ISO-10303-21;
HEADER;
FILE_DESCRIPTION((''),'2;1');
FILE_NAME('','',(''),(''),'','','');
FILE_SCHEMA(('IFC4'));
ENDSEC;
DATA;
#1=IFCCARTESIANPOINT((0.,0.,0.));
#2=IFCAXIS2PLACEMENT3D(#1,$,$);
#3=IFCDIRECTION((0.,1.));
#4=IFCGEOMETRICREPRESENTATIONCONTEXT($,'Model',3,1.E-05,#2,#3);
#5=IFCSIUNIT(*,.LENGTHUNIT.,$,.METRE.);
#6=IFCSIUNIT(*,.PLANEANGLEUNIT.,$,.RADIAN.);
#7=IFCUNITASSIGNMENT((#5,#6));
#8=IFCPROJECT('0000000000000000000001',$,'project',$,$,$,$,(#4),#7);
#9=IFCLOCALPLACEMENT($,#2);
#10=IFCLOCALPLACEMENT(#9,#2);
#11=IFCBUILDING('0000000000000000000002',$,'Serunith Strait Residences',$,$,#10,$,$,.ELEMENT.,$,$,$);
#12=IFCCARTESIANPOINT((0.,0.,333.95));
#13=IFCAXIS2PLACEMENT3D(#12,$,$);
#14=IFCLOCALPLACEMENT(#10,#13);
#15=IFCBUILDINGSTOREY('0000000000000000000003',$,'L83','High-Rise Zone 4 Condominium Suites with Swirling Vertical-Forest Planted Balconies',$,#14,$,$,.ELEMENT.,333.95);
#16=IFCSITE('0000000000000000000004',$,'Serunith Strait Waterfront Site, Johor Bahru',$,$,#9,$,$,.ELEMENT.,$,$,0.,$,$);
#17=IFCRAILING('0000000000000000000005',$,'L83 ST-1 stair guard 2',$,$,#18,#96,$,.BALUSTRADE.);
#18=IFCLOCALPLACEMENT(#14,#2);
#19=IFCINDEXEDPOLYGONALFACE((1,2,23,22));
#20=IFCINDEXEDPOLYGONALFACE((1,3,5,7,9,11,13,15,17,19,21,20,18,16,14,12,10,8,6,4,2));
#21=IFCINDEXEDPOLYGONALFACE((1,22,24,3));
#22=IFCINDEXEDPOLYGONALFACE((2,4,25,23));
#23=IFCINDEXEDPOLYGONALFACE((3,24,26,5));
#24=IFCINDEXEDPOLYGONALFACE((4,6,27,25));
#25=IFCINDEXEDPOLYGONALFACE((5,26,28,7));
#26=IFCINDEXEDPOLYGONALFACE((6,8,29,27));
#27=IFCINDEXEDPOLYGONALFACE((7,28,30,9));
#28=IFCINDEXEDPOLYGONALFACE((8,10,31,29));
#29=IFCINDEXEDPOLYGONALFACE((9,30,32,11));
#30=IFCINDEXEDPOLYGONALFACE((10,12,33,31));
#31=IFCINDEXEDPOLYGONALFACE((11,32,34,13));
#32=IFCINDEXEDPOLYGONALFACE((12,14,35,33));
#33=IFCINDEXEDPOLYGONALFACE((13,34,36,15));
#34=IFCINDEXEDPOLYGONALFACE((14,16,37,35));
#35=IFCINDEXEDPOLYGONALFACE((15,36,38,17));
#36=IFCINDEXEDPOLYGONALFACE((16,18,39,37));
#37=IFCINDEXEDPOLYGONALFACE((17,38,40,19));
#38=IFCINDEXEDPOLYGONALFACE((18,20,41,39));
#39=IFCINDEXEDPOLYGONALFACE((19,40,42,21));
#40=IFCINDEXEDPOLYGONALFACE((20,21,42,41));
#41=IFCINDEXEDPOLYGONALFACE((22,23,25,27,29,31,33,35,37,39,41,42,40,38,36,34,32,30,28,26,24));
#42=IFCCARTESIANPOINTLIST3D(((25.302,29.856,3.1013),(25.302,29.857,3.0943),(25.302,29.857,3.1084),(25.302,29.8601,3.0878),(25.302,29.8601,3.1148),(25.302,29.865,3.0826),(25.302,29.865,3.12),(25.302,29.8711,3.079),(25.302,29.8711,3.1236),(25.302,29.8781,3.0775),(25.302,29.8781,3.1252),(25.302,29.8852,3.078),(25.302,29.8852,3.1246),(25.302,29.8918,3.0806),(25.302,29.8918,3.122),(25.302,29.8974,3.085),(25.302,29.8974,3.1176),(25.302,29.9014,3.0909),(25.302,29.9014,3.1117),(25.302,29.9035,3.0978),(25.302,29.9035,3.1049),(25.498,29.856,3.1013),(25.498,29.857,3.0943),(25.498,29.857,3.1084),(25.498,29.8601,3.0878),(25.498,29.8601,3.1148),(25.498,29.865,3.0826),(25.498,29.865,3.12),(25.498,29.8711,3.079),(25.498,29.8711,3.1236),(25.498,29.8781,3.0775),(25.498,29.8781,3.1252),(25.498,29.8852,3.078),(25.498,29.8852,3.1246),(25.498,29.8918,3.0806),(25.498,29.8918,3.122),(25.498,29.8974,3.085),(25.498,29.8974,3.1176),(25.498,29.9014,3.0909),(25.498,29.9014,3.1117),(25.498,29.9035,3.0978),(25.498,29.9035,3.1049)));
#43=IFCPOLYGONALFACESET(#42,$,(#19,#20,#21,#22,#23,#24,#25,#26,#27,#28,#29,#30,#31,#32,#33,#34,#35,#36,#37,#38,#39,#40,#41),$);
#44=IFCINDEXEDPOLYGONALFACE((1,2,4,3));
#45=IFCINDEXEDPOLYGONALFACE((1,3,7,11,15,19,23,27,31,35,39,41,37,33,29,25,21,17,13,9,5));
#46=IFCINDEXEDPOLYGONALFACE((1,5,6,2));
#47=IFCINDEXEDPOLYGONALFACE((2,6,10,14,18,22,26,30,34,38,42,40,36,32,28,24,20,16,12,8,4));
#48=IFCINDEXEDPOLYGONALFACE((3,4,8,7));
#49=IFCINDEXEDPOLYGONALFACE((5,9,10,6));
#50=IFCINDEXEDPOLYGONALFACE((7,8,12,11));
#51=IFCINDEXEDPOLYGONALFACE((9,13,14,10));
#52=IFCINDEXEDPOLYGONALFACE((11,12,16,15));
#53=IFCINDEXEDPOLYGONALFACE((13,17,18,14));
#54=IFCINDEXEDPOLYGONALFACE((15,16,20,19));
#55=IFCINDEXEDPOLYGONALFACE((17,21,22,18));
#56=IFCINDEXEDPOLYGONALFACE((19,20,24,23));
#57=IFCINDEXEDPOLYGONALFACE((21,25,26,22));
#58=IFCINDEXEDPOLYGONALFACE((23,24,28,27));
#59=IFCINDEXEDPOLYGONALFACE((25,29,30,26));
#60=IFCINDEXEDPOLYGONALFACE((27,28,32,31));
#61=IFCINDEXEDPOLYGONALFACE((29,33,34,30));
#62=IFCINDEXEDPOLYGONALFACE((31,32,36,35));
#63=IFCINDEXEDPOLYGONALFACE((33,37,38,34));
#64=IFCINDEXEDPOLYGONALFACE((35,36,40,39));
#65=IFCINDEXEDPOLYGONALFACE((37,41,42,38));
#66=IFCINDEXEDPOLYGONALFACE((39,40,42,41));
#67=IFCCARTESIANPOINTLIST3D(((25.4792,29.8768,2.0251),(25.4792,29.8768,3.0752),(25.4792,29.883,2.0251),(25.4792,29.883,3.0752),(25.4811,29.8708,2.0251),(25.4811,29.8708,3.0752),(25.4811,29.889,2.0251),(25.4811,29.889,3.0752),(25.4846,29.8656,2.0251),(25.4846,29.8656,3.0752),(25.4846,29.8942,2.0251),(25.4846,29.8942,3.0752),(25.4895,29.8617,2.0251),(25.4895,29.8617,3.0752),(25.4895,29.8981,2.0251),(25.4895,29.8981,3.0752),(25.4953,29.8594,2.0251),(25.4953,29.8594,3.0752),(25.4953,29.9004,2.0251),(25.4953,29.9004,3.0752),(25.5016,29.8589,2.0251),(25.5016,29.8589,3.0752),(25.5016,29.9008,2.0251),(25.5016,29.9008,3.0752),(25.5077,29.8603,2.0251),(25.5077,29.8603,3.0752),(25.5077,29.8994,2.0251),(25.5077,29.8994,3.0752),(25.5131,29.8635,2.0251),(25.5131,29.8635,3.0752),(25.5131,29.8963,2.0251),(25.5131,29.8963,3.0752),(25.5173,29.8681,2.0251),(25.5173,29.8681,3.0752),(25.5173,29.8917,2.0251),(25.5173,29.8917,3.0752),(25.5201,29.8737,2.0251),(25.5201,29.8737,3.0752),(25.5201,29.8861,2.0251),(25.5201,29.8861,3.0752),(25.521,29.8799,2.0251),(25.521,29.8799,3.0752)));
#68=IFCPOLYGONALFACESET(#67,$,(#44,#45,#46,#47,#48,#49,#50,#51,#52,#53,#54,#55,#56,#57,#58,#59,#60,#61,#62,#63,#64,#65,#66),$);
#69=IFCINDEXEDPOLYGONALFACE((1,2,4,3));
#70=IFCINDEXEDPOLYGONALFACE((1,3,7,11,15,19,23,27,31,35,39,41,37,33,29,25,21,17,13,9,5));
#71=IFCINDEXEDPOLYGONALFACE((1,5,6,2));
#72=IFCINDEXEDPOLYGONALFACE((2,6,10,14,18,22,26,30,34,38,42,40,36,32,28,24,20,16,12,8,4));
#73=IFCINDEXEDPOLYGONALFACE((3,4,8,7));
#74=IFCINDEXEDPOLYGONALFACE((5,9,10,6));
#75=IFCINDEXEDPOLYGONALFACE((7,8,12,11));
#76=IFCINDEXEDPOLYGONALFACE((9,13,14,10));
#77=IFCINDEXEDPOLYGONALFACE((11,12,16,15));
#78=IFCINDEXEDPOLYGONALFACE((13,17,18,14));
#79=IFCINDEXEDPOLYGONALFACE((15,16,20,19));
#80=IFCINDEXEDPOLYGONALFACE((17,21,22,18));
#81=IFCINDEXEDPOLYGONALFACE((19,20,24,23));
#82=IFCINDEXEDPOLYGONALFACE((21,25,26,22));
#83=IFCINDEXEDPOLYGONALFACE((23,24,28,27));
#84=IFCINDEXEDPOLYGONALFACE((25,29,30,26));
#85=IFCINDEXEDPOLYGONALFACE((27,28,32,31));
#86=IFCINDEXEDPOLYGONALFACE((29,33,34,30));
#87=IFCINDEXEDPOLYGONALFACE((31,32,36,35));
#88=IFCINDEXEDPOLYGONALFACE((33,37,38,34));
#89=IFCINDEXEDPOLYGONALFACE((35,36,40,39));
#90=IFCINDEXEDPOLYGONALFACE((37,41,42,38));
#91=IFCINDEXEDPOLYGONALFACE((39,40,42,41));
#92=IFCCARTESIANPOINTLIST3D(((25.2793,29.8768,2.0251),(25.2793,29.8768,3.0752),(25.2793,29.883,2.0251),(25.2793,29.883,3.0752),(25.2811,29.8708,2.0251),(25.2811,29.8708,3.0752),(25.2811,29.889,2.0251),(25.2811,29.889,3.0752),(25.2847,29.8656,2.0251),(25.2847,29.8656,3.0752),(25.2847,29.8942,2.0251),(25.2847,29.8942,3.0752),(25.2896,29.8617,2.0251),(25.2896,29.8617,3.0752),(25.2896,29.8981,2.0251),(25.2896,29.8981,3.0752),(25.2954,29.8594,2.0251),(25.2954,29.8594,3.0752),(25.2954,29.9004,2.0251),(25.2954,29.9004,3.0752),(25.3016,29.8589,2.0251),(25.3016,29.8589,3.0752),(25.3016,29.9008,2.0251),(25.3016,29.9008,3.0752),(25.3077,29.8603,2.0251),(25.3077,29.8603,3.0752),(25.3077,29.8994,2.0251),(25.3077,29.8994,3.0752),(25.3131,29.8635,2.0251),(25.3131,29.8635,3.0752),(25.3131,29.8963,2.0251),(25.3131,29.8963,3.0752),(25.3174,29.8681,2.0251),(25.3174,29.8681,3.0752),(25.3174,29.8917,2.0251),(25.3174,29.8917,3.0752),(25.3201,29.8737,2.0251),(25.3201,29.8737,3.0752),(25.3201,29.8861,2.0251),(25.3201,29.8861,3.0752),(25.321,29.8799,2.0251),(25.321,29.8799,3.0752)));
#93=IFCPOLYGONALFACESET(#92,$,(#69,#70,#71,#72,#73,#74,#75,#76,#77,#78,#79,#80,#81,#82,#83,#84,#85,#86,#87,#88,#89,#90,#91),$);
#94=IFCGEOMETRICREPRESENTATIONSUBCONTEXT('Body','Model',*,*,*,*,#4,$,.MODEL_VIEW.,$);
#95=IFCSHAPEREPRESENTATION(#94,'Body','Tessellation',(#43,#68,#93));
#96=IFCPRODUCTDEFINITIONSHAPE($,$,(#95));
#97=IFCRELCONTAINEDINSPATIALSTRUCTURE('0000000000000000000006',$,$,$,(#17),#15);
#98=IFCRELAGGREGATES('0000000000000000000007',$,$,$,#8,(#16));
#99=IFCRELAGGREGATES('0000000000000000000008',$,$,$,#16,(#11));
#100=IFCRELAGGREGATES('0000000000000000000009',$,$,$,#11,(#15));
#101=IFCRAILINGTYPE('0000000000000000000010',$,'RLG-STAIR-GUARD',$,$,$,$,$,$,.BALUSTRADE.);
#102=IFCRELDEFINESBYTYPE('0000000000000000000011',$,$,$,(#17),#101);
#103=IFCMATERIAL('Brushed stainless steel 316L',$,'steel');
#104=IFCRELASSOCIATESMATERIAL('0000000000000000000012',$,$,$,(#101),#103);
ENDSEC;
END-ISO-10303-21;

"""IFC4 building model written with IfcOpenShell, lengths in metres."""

from ifc_helpers import new_model, si_unit, direction, frame, origin, origin_2d, place, context, subcontext, project, spatial, circle, extrude, material, type_object, element, save


model = new_model("IFC4")

# Units and contexts
model_context = context("Model", 3, precision=1e-05, world=origin(), true_north=direction((0.0, 1.0)))
body_context = subcontext(model_context, "Body", "Model", "MODEL_VIEW")
ifc_project = project(units=[si_unit("LENGTHUNIT", "METRE"), si_unit("PLANEANGLEUNIT", "RADIAN")], contexts=[model_context])

# Site, building, storey
site_placement = place(None, origin())
site = spatial("IfcSite", under=ifc_project, at=site_placement, Name="Serunith Strait Waterfront Site, Johor Bahru", CompositionType="ELEMENT", RefElevation=0.0)
building_placement = place(site_placement, origin())
building = spatial("IfcBuilding", under=site, at=building_placement, Name="Serunith Strait Residences", CompositionType="ELEMENT")
storey_placement = place(building_placement, frame((0.0, 0.0, 333.95)))
storey = spatial("IfcBuildingStorey", under=building, at=storey_placement, Name="L83", Description="High-Rise Zone 4 Condominium Suites with Swirling Vertical-Forest Planted Balconies", CompositionType="ELEMENT", Elevation=333.95)

# Railing
ifc_material_1 = material(Name="Brushed stainless steel 316L", Category="steel")
railing_type_1 = type_object("IfcRailingType", Name="RLG-STAIR-GUARD", PredefinedType="BALUSTRADE", material=ifc_material_1)
railing_1_placement = place(storey_placement, frame((25.5, 29.8799, 2.0251)))
element("IfcRailing", 1, at=railing_1_placement, inside=storey, type_object=railing_type_1, Name="L83 ST-1 stair guard 2", PredefinedType="BALUSTRADE", context=body_context, shape_type="SweptSolid", body=[
    extrude(circle(Radius=0.0239, at=origin_2d()), frame((-0.002, 0.0, 1.0762), z_axis=(-1.0, 0.0, 0.0), x_axis=(0.0, -1.0, 0.0)), (0.0, 0.0, 1.0), 0.196),
    extrude(circle(Radius=0.021, at=origin_2d()), origin(), (0.0, 0.0, 1.0), 1.05),
    extrude(circle(Radius=0.021, at=origin_2d()), frame((-0.2, 0.0, 0.0)), (0.0, 0.0, 1.0), 1.05),
])

save(model, "model.ifc")
